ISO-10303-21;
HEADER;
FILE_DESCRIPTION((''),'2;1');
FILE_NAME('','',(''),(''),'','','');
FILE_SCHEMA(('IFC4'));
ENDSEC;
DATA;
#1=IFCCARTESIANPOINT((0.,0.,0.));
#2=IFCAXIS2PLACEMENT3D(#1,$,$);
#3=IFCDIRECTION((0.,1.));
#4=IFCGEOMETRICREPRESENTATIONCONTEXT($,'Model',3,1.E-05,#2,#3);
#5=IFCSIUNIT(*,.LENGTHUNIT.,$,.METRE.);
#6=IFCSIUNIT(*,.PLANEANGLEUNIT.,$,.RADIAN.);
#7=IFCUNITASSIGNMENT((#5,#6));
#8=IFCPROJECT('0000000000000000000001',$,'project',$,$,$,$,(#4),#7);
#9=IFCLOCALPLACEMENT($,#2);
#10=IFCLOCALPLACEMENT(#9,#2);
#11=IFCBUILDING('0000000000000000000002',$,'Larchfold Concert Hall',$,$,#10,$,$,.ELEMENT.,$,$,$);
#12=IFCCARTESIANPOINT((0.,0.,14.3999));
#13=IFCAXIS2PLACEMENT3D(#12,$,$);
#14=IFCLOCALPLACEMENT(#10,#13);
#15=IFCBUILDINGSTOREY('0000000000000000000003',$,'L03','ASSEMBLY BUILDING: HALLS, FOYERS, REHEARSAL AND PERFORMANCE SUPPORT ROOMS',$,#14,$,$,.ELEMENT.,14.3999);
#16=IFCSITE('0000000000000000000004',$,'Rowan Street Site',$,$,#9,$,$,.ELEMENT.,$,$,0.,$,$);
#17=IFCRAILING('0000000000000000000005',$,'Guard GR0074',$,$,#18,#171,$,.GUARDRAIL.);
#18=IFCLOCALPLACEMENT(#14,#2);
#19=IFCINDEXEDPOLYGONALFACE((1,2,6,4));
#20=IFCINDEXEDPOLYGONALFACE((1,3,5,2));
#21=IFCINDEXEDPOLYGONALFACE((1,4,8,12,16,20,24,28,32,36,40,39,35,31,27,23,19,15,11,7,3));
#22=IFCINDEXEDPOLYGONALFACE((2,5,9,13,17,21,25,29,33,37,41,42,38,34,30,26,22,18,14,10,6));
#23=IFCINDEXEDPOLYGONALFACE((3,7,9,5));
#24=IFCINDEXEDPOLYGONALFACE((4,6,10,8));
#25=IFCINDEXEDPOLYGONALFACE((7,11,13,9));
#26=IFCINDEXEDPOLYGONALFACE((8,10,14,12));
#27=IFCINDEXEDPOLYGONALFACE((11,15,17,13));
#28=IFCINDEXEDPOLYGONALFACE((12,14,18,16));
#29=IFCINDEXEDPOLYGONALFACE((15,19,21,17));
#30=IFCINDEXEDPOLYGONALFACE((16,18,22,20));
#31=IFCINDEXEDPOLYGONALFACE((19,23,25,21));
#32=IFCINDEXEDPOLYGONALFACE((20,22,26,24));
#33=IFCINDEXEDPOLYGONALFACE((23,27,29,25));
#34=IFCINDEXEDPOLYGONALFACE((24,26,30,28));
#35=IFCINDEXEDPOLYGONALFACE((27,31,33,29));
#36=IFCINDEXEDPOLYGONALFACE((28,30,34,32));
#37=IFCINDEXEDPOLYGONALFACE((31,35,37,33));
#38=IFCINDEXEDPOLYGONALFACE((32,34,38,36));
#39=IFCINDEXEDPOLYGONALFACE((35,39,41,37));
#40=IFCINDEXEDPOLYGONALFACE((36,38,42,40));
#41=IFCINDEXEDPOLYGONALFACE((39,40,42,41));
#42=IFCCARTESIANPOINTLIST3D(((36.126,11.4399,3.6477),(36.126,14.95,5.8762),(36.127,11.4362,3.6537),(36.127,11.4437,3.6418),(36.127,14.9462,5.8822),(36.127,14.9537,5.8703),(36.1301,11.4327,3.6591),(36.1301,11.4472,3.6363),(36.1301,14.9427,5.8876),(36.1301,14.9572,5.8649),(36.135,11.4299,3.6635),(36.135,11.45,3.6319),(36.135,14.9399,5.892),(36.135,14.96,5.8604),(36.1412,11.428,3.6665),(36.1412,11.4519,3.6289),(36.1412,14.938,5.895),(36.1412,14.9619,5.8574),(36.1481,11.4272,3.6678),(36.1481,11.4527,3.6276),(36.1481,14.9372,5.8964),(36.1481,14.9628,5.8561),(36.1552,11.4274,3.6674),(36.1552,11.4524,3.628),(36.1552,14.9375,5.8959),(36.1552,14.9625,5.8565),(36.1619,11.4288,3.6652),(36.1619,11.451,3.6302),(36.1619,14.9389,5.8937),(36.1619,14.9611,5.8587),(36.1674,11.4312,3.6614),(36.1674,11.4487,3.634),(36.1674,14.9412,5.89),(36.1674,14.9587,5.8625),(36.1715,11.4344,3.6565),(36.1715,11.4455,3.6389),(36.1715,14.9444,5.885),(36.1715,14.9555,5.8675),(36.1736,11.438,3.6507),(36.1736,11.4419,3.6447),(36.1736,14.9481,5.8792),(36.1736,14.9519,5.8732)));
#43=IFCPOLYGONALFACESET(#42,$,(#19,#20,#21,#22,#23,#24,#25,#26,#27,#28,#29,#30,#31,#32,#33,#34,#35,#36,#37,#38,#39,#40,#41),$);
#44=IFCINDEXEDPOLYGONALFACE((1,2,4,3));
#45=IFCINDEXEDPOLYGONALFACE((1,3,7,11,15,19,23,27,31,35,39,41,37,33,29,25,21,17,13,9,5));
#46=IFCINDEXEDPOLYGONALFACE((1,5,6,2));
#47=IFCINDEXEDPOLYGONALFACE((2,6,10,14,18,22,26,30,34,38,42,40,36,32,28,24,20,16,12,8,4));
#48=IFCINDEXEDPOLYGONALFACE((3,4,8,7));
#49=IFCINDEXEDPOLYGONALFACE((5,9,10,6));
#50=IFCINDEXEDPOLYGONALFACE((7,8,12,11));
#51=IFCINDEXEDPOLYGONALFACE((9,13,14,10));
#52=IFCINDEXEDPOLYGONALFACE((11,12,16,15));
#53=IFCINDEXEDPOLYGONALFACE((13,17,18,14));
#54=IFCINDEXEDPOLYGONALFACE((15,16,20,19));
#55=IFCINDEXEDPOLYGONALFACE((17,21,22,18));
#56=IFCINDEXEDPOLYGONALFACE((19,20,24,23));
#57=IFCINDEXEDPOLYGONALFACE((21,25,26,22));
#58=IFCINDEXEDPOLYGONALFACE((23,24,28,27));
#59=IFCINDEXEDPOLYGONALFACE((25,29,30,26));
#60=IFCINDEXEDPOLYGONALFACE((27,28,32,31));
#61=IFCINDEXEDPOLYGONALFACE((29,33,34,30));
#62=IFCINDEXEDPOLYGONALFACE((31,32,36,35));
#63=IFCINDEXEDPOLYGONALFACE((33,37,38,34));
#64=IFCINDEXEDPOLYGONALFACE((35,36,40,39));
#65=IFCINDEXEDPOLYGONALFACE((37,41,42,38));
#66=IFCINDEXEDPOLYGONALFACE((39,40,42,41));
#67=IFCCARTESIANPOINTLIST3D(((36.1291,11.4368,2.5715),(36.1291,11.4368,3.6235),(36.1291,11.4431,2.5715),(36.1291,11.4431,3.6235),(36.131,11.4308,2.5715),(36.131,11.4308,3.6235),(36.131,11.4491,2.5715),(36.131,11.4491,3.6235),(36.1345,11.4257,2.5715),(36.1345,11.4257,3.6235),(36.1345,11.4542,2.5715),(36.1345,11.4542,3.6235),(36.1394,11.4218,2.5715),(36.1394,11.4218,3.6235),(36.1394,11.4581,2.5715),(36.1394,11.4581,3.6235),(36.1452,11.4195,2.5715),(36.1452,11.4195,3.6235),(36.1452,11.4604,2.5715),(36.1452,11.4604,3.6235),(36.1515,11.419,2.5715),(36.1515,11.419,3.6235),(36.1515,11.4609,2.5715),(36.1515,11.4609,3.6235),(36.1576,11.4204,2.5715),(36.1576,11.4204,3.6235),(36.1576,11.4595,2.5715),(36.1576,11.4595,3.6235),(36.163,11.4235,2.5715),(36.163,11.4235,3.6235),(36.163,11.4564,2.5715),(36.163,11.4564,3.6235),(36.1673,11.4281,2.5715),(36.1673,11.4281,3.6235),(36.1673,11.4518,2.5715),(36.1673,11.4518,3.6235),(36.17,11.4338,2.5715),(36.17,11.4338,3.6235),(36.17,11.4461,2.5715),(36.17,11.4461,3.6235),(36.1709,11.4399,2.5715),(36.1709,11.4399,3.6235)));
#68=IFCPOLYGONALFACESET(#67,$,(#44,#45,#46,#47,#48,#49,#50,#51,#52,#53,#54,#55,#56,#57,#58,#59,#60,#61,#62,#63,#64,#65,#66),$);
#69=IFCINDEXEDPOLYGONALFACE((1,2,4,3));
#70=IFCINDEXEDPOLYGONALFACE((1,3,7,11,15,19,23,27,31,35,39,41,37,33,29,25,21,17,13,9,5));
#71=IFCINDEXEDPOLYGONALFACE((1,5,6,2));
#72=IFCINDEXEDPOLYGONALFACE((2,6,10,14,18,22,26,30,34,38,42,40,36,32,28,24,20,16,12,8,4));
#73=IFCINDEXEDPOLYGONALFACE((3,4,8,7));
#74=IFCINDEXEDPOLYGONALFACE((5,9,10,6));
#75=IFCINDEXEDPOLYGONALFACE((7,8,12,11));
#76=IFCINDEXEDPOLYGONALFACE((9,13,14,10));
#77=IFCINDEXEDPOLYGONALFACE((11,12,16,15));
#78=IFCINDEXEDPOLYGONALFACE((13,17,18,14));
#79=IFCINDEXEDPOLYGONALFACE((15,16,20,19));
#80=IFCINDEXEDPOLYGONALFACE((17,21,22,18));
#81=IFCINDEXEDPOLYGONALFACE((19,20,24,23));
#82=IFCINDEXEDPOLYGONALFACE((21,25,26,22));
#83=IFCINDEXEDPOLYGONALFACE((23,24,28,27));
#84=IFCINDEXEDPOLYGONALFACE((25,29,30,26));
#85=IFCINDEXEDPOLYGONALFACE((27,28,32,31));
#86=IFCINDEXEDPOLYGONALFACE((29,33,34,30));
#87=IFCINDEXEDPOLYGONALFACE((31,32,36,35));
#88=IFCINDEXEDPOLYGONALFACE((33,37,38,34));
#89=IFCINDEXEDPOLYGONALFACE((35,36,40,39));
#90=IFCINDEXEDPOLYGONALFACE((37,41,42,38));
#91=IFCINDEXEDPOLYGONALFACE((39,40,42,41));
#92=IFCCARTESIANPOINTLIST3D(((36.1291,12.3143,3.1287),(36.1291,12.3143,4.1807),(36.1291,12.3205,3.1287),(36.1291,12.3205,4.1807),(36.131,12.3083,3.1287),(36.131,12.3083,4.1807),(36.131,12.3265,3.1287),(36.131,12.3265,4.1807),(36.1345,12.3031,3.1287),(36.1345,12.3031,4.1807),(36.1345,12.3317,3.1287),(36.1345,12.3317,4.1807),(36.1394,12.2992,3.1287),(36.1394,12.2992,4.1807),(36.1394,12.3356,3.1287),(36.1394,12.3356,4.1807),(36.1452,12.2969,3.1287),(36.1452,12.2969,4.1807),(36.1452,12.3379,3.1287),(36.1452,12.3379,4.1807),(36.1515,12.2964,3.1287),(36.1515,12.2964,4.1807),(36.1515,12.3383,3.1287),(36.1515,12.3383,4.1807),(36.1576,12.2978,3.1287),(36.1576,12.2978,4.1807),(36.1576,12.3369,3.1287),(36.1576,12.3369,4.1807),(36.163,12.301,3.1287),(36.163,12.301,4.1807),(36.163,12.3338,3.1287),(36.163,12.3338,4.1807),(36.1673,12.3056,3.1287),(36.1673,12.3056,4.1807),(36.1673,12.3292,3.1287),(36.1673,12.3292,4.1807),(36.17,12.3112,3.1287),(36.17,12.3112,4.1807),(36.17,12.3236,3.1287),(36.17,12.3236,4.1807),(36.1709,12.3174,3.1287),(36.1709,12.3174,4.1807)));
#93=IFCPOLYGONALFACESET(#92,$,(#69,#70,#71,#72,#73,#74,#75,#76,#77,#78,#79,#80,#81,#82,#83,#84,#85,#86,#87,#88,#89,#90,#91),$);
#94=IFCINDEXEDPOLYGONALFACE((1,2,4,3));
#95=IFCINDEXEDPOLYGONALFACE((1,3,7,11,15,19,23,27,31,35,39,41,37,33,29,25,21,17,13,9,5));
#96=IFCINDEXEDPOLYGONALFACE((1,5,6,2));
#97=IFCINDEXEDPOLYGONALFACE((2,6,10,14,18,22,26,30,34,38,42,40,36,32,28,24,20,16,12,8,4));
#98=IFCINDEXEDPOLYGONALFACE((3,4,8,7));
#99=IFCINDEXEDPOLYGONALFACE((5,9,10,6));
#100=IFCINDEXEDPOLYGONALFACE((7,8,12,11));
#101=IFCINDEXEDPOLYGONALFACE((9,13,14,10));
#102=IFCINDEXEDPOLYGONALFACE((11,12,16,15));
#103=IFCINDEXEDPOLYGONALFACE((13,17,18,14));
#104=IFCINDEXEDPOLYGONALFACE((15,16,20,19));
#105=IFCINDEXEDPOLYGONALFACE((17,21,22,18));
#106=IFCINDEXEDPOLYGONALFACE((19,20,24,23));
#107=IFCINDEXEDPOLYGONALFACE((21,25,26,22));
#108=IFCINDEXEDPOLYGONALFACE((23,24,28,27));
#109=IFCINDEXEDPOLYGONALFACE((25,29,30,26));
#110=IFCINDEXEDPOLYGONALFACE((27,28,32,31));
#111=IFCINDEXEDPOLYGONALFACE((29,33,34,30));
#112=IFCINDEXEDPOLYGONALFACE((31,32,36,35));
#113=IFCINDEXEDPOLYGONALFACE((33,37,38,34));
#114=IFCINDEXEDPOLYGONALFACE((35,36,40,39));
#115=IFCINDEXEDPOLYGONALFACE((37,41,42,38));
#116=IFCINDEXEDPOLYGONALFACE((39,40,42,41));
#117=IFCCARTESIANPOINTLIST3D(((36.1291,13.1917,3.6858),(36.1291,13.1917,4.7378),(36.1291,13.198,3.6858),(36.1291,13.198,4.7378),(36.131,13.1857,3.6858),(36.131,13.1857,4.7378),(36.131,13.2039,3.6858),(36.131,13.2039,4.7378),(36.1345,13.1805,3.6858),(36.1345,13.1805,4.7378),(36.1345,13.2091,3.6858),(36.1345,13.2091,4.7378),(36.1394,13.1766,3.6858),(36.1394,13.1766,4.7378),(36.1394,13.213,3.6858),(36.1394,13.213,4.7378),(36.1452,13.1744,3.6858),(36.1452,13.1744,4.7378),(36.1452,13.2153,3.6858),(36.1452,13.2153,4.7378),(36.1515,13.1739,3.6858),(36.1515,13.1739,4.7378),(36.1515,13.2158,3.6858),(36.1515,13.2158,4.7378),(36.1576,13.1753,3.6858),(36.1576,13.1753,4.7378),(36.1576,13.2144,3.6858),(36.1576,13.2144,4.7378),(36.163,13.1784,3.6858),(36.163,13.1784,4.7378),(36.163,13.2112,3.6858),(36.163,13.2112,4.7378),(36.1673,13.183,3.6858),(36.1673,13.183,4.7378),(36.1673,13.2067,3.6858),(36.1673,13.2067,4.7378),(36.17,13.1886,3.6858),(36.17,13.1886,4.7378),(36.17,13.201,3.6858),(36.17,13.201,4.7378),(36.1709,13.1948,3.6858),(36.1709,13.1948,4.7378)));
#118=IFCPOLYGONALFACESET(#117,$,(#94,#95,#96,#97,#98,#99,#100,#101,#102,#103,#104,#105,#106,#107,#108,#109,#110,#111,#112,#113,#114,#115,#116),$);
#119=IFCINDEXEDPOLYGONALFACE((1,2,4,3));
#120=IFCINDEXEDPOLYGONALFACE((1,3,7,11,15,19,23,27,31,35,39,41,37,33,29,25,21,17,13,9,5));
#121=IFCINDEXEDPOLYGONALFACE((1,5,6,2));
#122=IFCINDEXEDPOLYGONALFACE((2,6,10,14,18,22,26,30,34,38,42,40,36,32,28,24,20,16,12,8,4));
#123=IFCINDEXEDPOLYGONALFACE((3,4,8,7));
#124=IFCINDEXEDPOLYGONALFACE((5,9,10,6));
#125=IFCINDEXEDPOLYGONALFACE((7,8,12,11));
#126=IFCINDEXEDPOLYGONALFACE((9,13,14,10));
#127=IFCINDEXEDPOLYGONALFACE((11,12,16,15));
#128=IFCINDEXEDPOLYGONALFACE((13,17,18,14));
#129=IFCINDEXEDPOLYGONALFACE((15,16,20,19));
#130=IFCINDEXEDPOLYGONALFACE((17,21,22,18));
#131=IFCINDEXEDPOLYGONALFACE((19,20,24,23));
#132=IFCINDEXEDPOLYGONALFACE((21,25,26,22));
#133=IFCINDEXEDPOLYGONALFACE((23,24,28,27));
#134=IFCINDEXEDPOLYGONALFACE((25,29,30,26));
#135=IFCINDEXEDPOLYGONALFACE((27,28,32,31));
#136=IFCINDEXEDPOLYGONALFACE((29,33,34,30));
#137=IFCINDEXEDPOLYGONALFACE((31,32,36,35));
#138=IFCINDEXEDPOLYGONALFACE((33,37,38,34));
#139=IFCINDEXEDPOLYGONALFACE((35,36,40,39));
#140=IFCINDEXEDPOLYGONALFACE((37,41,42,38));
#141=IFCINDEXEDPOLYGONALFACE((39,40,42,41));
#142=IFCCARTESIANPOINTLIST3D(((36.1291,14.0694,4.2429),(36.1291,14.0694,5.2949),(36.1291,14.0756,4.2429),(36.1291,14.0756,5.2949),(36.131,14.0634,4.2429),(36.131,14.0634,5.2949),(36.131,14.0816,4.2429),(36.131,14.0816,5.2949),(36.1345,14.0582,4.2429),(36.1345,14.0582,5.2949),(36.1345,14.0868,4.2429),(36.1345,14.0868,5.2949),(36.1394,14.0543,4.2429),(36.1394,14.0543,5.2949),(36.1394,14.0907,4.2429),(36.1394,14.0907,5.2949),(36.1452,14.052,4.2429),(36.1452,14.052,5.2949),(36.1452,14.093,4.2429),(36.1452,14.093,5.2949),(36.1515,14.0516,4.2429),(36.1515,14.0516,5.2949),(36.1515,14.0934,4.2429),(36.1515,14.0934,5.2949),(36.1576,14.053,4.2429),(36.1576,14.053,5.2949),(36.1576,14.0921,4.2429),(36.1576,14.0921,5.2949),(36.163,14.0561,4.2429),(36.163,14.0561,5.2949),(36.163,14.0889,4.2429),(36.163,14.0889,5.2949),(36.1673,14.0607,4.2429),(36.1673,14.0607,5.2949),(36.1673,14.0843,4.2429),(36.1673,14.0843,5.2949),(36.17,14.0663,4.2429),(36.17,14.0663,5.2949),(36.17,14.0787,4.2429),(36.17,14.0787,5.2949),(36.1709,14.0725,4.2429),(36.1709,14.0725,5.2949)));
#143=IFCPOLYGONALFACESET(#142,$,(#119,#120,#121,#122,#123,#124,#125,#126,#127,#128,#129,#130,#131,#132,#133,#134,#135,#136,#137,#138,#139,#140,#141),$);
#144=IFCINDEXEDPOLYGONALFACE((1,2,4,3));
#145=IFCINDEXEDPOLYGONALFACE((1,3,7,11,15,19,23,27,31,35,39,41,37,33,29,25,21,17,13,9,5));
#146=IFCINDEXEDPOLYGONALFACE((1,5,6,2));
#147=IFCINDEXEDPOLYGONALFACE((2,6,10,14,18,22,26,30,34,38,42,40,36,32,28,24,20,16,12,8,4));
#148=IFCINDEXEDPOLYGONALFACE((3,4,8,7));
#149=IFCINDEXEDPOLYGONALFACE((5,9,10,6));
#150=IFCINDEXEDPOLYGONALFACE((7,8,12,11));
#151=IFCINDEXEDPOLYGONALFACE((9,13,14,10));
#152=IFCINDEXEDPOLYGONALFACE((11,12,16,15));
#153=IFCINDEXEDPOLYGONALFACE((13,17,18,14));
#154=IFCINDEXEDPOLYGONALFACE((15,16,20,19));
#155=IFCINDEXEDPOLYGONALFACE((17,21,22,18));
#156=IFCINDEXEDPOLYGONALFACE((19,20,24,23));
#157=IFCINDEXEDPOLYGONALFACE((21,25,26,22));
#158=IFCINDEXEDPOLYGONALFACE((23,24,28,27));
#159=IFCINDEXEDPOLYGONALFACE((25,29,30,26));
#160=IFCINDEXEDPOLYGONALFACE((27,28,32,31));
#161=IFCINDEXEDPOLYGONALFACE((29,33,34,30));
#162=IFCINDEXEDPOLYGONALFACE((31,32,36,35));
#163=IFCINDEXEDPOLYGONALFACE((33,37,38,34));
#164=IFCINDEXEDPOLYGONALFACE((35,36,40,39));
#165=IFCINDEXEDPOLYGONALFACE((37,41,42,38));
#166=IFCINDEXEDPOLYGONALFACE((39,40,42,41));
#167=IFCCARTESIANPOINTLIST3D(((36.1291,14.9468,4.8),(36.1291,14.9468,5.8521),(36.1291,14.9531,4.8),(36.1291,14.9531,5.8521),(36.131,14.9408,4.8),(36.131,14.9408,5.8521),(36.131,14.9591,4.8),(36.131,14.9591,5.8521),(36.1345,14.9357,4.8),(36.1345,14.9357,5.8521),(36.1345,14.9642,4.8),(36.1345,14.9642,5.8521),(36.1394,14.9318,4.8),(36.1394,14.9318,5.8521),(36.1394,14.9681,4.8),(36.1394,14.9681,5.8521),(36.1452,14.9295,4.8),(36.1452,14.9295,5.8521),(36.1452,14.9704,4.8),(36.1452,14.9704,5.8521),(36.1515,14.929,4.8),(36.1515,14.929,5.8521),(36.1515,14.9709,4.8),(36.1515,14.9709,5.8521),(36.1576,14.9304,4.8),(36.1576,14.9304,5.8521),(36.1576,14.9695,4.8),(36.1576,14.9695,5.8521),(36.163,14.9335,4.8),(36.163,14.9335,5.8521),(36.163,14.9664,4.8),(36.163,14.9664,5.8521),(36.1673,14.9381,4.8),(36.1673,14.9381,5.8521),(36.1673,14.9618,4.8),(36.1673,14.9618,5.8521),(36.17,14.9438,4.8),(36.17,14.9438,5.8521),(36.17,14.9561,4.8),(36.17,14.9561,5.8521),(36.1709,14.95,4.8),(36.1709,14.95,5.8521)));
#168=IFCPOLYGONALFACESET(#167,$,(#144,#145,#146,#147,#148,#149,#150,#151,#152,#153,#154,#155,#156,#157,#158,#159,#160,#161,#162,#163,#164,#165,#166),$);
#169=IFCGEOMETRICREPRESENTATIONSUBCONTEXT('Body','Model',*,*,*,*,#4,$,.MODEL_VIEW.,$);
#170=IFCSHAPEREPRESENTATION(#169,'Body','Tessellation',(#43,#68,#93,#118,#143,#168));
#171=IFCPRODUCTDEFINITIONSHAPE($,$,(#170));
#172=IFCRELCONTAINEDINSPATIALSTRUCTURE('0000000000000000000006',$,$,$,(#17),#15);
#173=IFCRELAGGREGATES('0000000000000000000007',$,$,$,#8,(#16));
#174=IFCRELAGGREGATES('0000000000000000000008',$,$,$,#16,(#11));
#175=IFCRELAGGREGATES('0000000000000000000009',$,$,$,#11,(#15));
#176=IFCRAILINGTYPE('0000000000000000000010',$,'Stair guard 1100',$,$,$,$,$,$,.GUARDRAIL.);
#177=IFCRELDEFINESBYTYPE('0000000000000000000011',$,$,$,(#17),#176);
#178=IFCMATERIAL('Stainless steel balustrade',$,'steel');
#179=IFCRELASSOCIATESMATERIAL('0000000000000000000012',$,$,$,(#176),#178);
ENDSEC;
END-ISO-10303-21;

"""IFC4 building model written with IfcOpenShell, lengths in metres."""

from ifc_helpers import new_model, si_unit, direction, frame, origin, origin_2d, place, context, subcontext, project, spatial, circle, extrude, material, type_object, element, save


model = new_model("IFC4")

# Units and contexts
model_context = context("Model", 3, precision=1e-05, world=origin(), true_north=direction((0.0, 1.0)))
body_context = subcontext(model_context, "Body", "Model", "MODEL_VIEW")
ifc_project = project(units=[si_unit("LENGTHUNIT", "METRE"), si_unit("PLANEANGLEUNIT", "RADIAN")], contexts=[model_context])

# Site, building, storey
site_placement = place(None, origin())
site = spatial("IfcSite", under=ifc_project, at=site_placement, Name="Rowan Street Site", CompositionType="ELEMENT", RefElevation=0.0)
building_placement = place(site_placement, origin())
building = spatial("IfcBuilding", under=site, at=building_placement, Name="Larchfold Concert Hall", CompositionType="ELEMENT")
storey_placement = place(building_placement, frame((0.0, 0.0, 14.3999)))
storey = spatial("IfcBuildingStorey", under=building, at=storey_placement, Name="L03", Description="ASSEMBLY BUILDING: HALLS, FOYERS, REHEARSAL AND PERFORMANCE SUPPORT ROOMS", CompositionType="ELEMENT", Elevation=14.3999)

# Railing
ifc_material_1 = material(Name="Stainless steel balustrade", Category="steel")
railing_type_1 = type_object("IfcRailingType", Name="Stair guard 1100", PredefinedType="GUARDRAIL", material=ifc_material_1)
railing_1_placement = place(storey_placement, frame((36.1499, 11.4399, 2.5715)))
element("IfcRailing", 1, at=railing_1_placement, inside=storey, type_object=railing_type_1, Name="Guard GR0074", PredefinedType="GUARDRAIL", context=body_context, shape_type="SweptSolid", body=[
    extrude(circle(Radius=0.0239, at=origin_2d()), frame((0.0, 0.0, 1.0762), z_axis=(0.0, 0.84422, 0.535998), x_axis=(-1.0, 0.0, 0.0)), (0.0, 0.0, 1.0), 4.1577),
    extrude(circle(Radius=0.021, at=origin_2d()), origin(), (0.0, 0.0, 1.0), 1.052),
    extrude(circle(Radius=0.021, at=origin_2d()), frame((0.0, 0.8774, 0.5571)), (0.0, 0.0, 1.0), 1.052),
    extrude(circle(Radius=0.021, at=origin_2d()), frame((0.0, 1.7549, 1.1143)), (0.0, 0.0, 1.0), 1.052),
    extrude(circle(Radius=0.021, at=origin_2d()), frame((0.0, 2.6326, 1.6714)), (0.0, 0.0, 1.0), 1.052),
    extrude(circle(Radius=0.021, at=origin_2d()), frame((0.0, 3.51, 2.2285)), (0.0, 0.0, 1.0), 1.052),
])

save(model, "model.ifc")
